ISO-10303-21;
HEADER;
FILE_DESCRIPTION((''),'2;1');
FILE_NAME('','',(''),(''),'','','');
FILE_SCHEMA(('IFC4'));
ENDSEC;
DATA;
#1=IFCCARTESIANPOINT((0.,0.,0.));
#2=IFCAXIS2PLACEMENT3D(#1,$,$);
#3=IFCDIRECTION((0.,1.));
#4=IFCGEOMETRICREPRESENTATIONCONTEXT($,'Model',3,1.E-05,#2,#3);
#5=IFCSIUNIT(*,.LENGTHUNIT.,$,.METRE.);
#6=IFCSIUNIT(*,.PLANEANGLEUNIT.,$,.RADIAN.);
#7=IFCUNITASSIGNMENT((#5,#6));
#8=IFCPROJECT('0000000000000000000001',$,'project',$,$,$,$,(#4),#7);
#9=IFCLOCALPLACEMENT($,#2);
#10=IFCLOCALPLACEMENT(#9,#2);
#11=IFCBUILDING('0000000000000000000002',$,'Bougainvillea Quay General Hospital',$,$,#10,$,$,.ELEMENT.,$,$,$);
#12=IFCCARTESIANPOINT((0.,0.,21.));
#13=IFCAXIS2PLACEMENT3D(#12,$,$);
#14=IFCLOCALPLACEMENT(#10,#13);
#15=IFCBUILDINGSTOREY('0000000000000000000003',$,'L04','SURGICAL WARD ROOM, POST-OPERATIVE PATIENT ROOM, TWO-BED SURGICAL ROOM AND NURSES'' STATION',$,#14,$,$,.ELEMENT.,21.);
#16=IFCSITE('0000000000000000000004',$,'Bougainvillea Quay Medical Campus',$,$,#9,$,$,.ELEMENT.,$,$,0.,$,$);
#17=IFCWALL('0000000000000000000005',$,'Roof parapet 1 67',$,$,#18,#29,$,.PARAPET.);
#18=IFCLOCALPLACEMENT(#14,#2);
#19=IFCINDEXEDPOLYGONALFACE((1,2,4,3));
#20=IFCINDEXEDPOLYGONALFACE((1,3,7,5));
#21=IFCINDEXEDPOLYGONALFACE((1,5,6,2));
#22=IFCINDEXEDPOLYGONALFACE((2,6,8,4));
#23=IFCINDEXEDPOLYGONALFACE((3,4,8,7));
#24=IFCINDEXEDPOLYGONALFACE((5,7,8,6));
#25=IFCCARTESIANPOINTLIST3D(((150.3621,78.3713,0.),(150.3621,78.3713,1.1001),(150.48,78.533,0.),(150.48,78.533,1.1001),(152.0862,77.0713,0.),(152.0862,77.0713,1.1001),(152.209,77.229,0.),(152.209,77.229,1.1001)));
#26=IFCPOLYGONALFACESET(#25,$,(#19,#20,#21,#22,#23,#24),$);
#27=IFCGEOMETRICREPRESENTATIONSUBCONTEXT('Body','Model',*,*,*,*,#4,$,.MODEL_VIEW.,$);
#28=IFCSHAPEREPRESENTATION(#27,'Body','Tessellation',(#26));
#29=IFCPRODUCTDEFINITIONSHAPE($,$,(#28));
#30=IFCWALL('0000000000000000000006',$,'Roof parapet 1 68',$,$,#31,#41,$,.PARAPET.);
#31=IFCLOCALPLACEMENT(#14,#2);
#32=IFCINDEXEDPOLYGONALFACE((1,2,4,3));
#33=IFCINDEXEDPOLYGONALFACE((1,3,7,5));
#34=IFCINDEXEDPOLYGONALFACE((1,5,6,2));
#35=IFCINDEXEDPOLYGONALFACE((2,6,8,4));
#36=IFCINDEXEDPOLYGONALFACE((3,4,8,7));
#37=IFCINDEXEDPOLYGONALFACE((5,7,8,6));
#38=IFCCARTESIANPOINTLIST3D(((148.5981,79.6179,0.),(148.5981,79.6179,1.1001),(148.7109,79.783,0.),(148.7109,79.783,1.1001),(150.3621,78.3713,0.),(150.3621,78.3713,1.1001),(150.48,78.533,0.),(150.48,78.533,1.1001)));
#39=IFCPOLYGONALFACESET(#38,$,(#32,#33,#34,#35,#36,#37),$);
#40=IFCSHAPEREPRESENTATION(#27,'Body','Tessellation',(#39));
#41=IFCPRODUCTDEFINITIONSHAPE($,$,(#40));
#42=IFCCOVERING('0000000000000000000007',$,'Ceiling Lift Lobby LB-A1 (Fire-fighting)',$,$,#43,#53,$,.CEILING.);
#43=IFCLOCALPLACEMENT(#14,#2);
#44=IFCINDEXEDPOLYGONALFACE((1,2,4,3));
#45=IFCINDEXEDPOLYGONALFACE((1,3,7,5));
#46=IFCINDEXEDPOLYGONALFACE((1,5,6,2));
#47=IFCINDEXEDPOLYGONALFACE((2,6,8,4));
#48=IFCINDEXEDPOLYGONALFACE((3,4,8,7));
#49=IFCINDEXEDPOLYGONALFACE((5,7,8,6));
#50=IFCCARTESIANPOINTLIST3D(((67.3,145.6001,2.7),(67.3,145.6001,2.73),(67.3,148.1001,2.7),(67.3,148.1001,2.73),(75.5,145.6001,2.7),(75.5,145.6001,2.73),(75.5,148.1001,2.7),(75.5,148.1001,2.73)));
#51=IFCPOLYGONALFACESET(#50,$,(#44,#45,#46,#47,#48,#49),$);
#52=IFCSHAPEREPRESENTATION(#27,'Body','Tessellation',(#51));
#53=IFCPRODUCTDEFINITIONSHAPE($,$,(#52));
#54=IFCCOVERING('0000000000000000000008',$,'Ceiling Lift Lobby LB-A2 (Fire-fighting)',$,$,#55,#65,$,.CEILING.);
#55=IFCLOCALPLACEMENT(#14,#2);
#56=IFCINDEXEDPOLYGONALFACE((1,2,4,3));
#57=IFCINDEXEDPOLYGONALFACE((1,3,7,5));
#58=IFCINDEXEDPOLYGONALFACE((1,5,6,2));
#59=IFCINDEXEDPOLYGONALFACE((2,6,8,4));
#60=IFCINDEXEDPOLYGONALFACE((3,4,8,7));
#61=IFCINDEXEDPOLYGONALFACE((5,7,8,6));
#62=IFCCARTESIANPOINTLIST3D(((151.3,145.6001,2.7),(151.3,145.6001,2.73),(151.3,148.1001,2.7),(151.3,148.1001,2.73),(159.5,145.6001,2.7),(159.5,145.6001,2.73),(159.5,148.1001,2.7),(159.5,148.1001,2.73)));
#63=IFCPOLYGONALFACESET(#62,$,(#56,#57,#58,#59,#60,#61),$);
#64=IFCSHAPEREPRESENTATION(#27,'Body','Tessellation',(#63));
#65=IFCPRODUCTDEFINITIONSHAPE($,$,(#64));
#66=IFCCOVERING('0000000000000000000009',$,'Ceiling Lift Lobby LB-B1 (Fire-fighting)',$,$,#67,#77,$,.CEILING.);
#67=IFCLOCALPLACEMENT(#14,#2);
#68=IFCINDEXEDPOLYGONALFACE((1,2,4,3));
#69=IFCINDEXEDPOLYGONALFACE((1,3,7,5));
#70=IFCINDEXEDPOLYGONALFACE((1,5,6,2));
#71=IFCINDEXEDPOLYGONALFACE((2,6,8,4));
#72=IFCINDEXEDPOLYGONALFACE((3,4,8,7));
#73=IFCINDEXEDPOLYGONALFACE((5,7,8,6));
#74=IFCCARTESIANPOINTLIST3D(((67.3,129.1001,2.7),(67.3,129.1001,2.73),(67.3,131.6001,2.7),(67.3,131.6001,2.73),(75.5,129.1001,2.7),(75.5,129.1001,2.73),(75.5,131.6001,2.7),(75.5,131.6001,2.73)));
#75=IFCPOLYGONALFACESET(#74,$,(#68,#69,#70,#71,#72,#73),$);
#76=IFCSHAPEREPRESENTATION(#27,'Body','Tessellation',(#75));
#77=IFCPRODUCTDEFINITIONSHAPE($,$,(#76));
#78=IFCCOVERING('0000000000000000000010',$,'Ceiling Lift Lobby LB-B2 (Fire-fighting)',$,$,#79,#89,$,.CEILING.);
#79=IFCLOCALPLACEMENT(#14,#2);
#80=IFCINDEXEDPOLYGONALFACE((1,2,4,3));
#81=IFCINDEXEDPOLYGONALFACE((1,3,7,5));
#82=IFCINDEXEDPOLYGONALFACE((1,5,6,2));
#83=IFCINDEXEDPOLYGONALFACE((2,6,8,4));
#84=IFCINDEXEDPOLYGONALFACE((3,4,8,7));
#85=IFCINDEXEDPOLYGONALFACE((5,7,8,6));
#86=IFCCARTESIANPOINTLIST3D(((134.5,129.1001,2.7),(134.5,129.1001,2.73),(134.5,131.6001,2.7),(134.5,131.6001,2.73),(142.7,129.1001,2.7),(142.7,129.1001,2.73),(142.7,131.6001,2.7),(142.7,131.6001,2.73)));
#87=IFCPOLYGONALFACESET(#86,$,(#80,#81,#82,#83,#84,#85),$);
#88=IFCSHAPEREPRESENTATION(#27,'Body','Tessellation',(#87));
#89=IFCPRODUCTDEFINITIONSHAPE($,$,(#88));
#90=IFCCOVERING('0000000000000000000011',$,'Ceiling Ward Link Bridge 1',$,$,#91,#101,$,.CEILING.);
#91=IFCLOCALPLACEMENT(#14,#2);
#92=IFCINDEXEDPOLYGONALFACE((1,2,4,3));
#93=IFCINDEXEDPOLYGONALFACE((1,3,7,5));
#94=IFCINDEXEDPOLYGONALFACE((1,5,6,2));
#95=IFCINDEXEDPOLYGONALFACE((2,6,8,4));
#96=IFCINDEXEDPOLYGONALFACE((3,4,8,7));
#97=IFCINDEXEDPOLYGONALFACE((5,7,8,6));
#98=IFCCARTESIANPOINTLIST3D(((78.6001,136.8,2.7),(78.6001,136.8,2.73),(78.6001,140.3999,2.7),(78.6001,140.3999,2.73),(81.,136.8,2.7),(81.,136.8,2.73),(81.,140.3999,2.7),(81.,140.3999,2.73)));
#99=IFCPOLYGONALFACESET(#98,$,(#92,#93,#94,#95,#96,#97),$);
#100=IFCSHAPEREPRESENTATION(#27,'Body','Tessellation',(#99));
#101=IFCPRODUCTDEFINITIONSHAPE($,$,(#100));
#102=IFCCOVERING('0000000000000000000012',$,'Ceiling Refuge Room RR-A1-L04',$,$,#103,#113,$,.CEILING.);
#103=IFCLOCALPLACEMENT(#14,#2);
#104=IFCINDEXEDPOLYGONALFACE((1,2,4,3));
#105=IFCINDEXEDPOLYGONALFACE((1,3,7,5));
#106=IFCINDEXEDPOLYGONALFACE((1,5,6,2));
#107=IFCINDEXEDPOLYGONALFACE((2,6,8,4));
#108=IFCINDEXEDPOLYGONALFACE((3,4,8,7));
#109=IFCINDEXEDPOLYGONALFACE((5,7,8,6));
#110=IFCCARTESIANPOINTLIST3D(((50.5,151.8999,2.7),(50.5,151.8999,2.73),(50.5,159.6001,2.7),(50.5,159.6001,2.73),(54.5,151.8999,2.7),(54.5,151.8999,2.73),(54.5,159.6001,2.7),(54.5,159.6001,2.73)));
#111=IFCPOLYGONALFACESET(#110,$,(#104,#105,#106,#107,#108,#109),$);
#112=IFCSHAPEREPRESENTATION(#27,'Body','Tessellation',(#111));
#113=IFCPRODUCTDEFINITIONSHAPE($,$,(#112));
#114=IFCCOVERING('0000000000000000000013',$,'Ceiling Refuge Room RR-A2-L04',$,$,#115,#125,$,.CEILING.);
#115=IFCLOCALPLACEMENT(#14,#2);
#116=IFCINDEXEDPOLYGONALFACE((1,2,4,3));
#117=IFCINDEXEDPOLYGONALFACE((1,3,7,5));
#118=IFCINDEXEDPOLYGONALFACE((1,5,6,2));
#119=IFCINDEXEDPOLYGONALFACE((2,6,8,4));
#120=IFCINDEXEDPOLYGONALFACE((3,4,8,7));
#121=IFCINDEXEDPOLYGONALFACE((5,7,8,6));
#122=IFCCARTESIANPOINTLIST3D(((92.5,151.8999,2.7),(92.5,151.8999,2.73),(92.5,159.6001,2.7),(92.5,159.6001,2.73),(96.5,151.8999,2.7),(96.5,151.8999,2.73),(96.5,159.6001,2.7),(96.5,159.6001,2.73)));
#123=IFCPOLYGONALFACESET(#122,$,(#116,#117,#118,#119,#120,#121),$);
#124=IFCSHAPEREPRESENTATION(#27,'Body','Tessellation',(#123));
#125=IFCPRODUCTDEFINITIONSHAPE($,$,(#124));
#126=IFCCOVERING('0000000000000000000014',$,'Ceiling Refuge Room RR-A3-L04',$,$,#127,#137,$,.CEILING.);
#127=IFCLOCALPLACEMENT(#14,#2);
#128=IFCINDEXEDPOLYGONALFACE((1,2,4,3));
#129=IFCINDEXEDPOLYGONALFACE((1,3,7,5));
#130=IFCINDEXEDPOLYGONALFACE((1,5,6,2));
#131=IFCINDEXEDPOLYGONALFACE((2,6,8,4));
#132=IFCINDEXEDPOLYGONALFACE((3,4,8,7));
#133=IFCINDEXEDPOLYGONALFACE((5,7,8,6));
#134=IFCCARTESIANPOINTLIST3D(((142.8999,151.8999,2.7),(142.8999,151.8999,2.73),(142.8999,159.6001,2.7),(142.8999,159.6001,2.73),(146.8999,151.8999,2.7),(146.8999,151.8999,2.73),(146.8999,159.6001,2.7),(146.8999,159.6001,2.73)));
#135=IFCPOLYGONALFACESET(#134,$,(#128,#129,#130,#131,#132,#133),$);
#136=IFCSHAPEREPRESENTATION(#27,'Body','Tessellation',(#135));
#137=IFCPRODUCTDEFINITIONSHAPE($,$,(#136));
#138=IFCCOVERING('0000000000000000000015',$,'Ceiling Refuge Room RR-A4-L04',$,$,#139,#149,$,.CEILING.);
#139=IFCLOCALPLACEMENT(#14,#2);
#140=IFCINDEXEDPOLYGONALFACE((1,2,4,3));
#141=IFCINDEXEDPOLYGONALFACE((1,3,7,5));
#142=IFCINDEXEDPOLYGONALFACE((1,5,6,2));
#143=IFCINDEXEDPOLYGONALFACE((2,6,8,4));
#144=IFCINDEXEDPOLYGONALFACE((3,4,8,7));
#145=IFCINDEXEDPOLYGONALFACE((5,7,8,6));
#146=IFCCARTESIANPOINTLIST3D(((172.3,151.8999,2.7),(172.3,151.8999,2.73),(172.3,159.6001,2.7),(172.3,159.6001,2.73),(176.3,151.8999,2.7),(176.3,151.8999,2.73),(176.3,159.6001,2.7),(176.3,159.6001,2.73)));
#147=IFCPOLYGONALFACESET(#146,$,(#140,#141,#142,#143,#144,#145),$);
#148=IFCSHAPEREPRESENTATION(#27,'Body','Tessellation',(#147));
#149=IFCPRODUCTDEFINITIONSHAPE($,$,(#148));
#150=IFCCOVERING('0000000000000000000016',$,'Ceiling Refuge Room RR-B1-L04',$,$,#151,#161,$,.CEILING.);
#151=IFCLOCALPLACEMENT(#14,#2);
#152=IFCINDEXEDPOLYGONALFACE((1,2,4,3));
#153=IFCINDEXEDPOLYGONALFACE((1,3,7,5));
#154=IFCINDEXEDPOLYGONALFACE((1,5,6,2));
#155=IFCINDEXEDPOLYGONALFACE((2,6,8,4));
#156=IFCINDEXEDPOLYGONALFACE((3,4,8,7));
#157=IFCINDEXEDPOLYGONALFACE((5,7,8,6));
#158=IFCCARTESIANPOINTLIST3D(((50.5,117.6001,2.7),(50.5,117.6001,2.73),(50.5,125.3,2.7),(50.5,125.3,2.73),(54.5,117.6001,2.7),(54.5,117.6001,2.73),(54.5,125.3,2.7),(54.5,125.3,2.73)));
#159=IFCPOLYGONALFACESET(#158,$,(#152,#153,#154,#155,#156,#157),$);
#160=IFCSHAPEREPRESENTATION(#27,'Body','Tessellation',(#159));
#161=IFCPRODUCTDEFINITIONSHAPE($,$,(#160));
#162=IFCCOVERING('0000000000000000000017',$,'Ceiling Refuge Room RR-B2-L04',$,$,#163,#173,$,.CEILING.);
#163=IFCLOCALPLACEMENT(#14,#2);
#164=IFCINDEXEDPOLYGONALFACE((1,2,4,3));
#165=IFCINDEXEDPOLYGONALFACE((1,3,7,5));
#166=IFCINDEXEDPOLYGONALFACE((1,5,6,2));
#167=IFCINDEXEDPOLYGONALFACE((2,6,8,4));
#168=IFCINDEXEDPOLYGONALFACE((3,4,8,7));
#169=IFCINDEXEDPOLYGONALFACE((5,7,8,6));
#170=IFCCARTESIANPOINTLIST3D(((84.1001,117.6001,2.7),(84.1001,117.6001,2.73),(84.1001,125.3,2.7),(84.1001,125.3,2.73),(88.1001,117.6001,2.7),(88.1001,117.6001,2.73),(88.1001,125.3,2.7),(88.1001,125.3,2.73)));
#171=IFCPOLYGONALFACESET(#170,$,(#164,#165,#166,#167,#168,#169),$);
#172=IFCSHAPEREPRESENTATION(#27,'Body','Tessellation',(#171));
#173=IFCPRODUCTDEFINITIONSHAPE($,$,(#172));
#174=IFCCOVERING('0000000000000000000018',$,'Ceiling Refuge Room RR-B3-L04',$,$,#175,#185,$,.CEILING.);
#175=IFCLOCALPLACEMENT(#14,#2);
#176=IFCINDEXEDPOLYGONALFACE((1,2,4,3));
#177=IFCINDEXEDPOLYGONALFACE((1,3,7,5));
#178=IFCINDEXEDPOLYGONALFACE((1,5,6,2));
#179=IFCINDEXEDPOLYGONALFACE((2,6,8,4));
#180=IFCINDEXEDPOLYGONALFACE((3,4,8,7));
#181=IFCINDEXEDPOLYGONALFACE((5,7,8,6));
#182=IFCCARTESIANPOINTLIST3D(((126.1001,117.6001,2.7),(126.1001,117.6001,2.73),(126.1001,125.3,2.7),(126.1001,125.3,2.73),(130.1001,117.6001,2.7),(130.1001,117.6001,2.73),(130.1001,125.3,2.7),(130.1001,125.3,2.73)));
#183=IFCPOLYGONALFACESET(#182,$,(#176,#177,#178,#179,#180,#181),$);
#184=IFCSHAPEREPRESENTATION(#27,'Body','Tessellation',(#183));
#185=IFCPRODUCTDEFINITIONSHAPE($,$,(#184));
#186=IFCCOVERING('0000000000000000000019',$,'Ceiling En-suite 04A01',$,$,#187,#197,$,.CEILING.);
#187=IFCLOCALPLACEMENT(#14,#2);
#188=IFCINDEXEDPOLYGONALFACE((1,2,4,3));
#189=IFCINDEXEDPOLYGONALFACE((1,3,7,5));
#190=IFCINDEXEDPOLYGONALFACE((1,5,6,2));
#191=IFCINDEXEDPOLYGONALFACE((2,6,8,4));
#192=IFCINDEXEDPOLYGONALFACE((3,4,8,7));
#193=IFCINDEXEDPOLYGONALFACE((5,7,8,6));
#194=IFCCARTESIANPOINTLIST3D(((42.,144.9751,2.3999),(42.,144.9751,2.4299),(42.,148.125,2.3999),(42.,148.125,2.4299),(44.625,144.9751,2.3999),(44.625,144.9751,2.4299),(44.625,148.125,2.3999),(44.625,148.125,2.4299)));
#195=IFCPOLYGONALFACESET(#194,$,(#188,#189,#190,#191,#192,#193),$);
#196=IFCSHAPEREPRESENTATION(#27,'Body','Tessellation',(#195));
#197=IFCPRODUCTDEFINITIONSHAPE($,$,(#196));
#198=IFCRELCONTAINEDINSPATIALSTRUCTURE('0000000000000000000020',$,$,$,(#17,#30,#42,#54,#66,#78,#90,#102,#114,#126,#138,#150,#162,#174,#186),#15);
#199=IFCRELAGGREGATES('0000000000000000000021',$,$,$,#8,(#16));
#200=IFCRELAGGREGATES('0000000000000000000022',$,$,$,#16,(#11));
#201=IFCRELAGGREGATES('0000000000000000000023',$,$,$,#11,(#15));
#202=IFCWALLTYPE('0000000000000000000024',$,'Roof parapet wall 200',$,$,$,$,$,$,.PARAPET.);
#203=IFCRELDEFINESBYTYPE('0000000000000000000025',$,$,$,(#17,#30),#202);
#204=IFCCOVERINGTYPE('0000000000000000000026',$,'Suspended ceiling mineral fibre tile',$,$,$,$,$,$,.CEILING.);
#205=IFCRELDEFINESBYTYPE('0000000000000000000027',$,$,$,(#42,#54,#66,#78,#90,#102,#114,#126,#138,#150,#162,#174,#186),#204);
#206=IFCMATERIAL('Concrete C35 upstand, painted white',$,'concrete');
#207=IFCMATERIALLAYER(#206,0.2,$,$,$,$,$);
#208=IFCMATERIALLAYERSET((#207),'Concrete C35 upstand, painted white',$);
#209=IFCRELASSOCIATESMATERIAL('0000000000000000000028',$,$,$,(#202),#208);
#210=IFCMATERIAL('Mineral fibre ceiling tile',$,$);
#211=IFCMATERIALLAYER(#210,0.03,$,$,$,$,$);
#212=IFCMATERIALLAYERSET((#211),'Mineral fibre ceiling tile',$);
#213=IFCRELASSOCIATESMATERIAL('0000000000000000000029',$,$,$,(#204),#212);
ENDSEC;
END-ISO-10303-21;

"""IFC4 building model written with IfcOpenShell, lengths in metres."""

from ifc_helpers import new_model, si_unit, direction, frame, origin, place, context, subcontext, project, spatial, polyline, outline, extrude, material, layer, layer_set, type_object, element, save


model = new_model("IFC4")

# Units and contexts
model_context = context("Model", 3, precision=1e-05, world=origin(), true_north=direction((0.0, 1.0)))
body_context = subcontext(model_context, "Body", "Model", "MODEL_VIEW")
ifc_project = project(units=[si_unit("LENGTHUNIT", "METRE"), si_unit("PLANEANGLEUNIT", "RADIAN")], contexts=[model_context])

# Site, building, storey
site_placement = place(None, origin())
site = spatial("IfcSite", under=ifc_project, at=site_placement, Name="Bougainvillea Quay Medical Campus", CompositionType="ELEMENT", RefElevation=0.0)
building_placement = place(site_placement, origin())
building = spatial("IfcBuilding", under=site, at=building_placement, Name="Bougainvillea Quay General Hospital", CompositionType="ELEMENT")
storey_placement = place(building_placement, frame((0.0, 0.0, 21.0)))
storey = spatial("IfcBuildingStorey", under=building, at=storey_placement, Name="L04", Description="SURGICAL WARD ROOM, POST-OPERATIVE PATIENT ROOM, TWO-BED SURGICAL ROOM AND NURSES' STATION", CompositionType="ELEMENT", Elevation=21.0)

# Walls
ifc_material_1 = material(Name="Concrete C35 upstand, painted white", Category="concrete")
ifc_layer_1 = layer(ifc_material_1, 0.2)
ifc_layer_set_1 = layer_set([ifc_layer_1], Name="Concrete C35 upstand, painted white")
wall_type = type_object("IfcWallType", Name="Roof parapet wall 200", PredefinedType="PARAPET", material=ifc_layer_set_1)
wall_1_placement = place(storey_placement, origin())
element("IfcWall", 1, at=wall_1_placement, inside=storey, type_object=wall_type, Name="Roof parapet 1 67", PredefinedType="PARAPET", context=body_context, shape_type="SweptSolid", body=[
    extrude(outline(polyline([(150.3621, 78.3713), (150.48, 78.533), (152.209, 77.229), (152.0862, 77.0713), (150.3621, 78.3713)])), origin(), (0.0, 0.0, 1.0), 1.1001),
])
wall_2_placement = place(storey_placement, origin())
element("IfcWall", 2, at=wall_2_placement, inside=storey, type_object=wall_type, Name="Roof parapet 1 68", PredefinedType="PARAPET", context=body_context, shape_type="SweptSolid", body=[
    extrude(outline(polyline([(148.5981, 79.6179), (148.7109, 79.783), (150.48, 78.533), (150.3621, 78.3713), (148.5981, 79.6179)])), origin(), (0.0, 0.0, 1.0), 1.1001),
])

# Coverings
ifc_material_2 = material(Name="Mineral fibre ceiling tile")
ifc_layer_2 = layer(ifc_material_2, 0.03)
ifc_layer_set_2 = layer_set([ifc_layer_2], Name="Mineral fibre ceiling tile")
covering_type = type_object("IfcCoveringType", Name="Suspended ceiling mineral fibre tile", PredefinedType="CEILING", material=ifc_layer_set_2)
covering_1_placement = place(storey_placement, frame((0.0, 0.0, 2.7)))
element("IfcCovering", 3, at=covering_1_placement, inside=storey, type_object=covering_type, Name="Ceiling Lift Lobby LB-A1 (Fire-fighting)", PredefinedType="CEILING", context=body_context, shape_type="SweptSolid", body=[
    extrude(outline(polyline([(75.5, 145.6001), (75.5, 148.1001), (67.3, 148.1001), (67.3, 145.6001), (75.5, 145.6001)])), origin(), (0.0, 0.0, 1.0), 0.03),
])
covering_2_placement = place(storey_placement, frame((0.0, 0.0, 2.7)))
element("IfcCovering", 4, at=covering_2_placement, inside=storey, type_object=covering_type, Name="Ceiling Lift Lobby LB-A2 (Fire-fighting)", PredefinedType="CEILING", context=body_context, shape_type="SweptSolid", body=[
    extrude(outline(polyline([(159.5, 145.6001), (159.5, 148.1001), (151.3, 148.1001), (151.3, 145.6001), (159.5, 145.6001)])), origin(), (0.0, 0.0, 1.0), 0.03),
])
covering_3_placement = place(storey_placement, frame((0.0, 0.0, 2.7)))
element("IfcCovering", 5, at=covering_3_placement, inside=storey, type_object=covering_type, Name="Ceiling Lift Lobby LB-B1 (Fire-fighting)", PredefinedType="CEILING", context=body_context, shape_type="SweptSolid", body=[
    extrude(outline(polyline([(67.3, 131.6001), (67.3, 129.1001), (75.5, 129.1001), (75.5, 131.6001), (67.3, 131.6001)])), origin(), (0.0, 0.0, 1.0), 0.03),
])
covering_4_placement = place(storey_placement, frame((0.0, 0.0, 2.7)))
element("IfcCovering", 6, at=covering_4_placement, inside=storey, type_object=covering_type, Name="Ceiling Lift Lobby LB-B2 (Fire-fighting)", PredefinedType="CEILING", context=body_context, shape_type="SweptSolid", body=[
    extrude(outline(polyline([(134.5, 131.6001), (134.5, 129.1001), (142.7, 129.1001), (142.7, 131.6001), (134.5, 131.6001)])), origin(), (0.0, 0.0, 1.0), 0.03),
])
covering_5_placement = place(storey_placement, frame((0.0, 0.0, 2.7)))
element("IfcCovering", 7, at=covering_5_placement, inside=storey, type_object=covering_type, Name="Ceiling Ward Link Bridge 1", PredefinedType="CEILING", context=body_context, shape_type="SweptSolid", body=[
    extrude(outline(polyline([(81.0, 136.8), (81.0, 140.3999), (78.6001, 140.3999), (78.6001, 136.8), (81.0, 136.8)])), origin(), (0.0, 0.0, 1.0), 0.03),
])
covering_6_placement = place(storey_placement, frame((0.0, 0.0, 2.7)))
element("IfcCovering", 8, at=covering_6_placement, inside=storey, type_object=covering_type, Name="Ceiling Refuge Room RR-A1-L04", PredefinedType="CEILING", context=body_context, shape_type="SweptSolid", body=[
    extrude(outline(polyline([(50.5, 159.6001), (50.5, 151.8999), (54.5, 151.8999), (54.5, 159.6001), (50.5, 159.6001)])), origin(), (0.0, 0.0, 1.0), 0.03),
])
covering_7_placement = place(storey_placement, frame((0.0, 0.0, 2.7)))
element("IfcCovering", 9, at=covering_7_placement, inside=storey, type_object=covering_type, Name="Ceiling Refuge Room RR-A2-L04", PredefinedType="CEILING", context=body_context, shape_type="SweptSolid", body=[
    extrude(outline(polyline([(92.5, 159.6001), (92.5, 151.8999), (96.5, 151.8999), (96.5, 159.6001), (92.5, 159.6001)])), origin(), (0.0, 0.0, 1.0), 0.03),
])
covering_8_placement = place(storey_placement, frame((0.0, 0.0, 2.7)))
element("IfcCovering", 10, at=covering_8_placement, inside=storey, type_object=covering_type, Name="Ceiling Refuge Room RR-A3-L04", PredefinedType="CEILING", context=body_context, shape_type="SweptSolid", body=[
    extrude(outline(polyline([(142.8999, 159.6001), (142.8999, 151.8999), (146.8999, 151.8999), (146.8999, 159.6001), (142.8999, 159.6001)])), origin(), (0.0, 0.0, 1.0), 0.03),
])
covering_9_placement = place(storey_placement, frame((0.0, 0.0, 2.7)))
element("IfcCovering", 11, at=covering_9_placement, inside=storey, type_object=covering_type, Name="Ceiling Refuge Room RR-A4-L04", PredefinedType="CEILING", context=body_context, shape_type="SweptSolid", body=[
    extrude(outline(polyline([(172.3, 159.6001), (172.3, 151.8999), (176.3, 151.8999), (176.3, 159.6001), (172.3, 159.6001)])), origin(), (0.0, 0.0, 1.0), 0.03),
])
covering_10_placement = place(storey_placement, frame((0.0, 0.0, 2.7)))
element("IfcCovering", 12, at=covering_10_placement, inside=storey, type_object=covering_type, Name="Ceiling Refuge Room RR-B1-L04", PredefinedType="CEILING", context=body_context, shape_type="SweptSolid", body=[
    extrude(outline(polyline([(54.5, 117.6001), (54.5, 125.3), (50.5, 125.3), (50.5, 117.6001), (54.5, 117.6001)])), origin(), (0.0, 0.0, 1.0), 0.03),
])
covering_11_placement = place(storey_placement, frame((0.0, 0.0, 2.7)))
element("IfcCovering", 13, at=covering_11_placement, inside=storey, type_object=covering_type, Name="Ceiling Refuge Room RR-B2-L04", PredefinedType="CEILING", context=body_context, shape_type="SweptSolid", body=[
    extrude(outline(polyline([(88.1001, 117.6001), (88.1001, 125.3), (84.1001, 125.3), (84.1001, 117.6001), (88.1001, 117.6001)])), origin(), (0.0, 0.0, 1.0), 0.03),
])
covering_12_placement = place(storey_placement, frame((0.0, 0.0, 2.7)))
element("IfcCovering", 14, at=covering_12_placement, inside=storey, type_object=covering_type, Name="Ceiling Refuge Room RR-B3-L04", PredefinedType="CEILING", context=body_context, shape_type="SweptSolid", body=[
    extrude(outline(polyline([(130.1001, 117.6001), (130.1001, 125.3), (126.1001, 125.3), (126.1001, 117.6001), (130.1001, 117.6001)])), origin(), (0.0, 0.0, 1.0), 0.03),
])
covering_13_placement = place(storey_placement, frame((0.0, 0.0, 2.3999)))
element("IfcCovering", 15, at=covering_13_placement, inside=storey, type_object=covering_type, Name="Ceiling En-suite 04A01", PredefinedType="CEILING", context=body_context, shape_type="SweptSolid", body=[
    extrude(outline(polyline([(42.0, 144.9751), (44.625, 144.9751), (44.625, 148.125), (42.0, 148.125), (42.0, 144.9751)])), origin(), (0.0, 0.0, 1.0), 0.03),
])

save(model, "model.ifc")
